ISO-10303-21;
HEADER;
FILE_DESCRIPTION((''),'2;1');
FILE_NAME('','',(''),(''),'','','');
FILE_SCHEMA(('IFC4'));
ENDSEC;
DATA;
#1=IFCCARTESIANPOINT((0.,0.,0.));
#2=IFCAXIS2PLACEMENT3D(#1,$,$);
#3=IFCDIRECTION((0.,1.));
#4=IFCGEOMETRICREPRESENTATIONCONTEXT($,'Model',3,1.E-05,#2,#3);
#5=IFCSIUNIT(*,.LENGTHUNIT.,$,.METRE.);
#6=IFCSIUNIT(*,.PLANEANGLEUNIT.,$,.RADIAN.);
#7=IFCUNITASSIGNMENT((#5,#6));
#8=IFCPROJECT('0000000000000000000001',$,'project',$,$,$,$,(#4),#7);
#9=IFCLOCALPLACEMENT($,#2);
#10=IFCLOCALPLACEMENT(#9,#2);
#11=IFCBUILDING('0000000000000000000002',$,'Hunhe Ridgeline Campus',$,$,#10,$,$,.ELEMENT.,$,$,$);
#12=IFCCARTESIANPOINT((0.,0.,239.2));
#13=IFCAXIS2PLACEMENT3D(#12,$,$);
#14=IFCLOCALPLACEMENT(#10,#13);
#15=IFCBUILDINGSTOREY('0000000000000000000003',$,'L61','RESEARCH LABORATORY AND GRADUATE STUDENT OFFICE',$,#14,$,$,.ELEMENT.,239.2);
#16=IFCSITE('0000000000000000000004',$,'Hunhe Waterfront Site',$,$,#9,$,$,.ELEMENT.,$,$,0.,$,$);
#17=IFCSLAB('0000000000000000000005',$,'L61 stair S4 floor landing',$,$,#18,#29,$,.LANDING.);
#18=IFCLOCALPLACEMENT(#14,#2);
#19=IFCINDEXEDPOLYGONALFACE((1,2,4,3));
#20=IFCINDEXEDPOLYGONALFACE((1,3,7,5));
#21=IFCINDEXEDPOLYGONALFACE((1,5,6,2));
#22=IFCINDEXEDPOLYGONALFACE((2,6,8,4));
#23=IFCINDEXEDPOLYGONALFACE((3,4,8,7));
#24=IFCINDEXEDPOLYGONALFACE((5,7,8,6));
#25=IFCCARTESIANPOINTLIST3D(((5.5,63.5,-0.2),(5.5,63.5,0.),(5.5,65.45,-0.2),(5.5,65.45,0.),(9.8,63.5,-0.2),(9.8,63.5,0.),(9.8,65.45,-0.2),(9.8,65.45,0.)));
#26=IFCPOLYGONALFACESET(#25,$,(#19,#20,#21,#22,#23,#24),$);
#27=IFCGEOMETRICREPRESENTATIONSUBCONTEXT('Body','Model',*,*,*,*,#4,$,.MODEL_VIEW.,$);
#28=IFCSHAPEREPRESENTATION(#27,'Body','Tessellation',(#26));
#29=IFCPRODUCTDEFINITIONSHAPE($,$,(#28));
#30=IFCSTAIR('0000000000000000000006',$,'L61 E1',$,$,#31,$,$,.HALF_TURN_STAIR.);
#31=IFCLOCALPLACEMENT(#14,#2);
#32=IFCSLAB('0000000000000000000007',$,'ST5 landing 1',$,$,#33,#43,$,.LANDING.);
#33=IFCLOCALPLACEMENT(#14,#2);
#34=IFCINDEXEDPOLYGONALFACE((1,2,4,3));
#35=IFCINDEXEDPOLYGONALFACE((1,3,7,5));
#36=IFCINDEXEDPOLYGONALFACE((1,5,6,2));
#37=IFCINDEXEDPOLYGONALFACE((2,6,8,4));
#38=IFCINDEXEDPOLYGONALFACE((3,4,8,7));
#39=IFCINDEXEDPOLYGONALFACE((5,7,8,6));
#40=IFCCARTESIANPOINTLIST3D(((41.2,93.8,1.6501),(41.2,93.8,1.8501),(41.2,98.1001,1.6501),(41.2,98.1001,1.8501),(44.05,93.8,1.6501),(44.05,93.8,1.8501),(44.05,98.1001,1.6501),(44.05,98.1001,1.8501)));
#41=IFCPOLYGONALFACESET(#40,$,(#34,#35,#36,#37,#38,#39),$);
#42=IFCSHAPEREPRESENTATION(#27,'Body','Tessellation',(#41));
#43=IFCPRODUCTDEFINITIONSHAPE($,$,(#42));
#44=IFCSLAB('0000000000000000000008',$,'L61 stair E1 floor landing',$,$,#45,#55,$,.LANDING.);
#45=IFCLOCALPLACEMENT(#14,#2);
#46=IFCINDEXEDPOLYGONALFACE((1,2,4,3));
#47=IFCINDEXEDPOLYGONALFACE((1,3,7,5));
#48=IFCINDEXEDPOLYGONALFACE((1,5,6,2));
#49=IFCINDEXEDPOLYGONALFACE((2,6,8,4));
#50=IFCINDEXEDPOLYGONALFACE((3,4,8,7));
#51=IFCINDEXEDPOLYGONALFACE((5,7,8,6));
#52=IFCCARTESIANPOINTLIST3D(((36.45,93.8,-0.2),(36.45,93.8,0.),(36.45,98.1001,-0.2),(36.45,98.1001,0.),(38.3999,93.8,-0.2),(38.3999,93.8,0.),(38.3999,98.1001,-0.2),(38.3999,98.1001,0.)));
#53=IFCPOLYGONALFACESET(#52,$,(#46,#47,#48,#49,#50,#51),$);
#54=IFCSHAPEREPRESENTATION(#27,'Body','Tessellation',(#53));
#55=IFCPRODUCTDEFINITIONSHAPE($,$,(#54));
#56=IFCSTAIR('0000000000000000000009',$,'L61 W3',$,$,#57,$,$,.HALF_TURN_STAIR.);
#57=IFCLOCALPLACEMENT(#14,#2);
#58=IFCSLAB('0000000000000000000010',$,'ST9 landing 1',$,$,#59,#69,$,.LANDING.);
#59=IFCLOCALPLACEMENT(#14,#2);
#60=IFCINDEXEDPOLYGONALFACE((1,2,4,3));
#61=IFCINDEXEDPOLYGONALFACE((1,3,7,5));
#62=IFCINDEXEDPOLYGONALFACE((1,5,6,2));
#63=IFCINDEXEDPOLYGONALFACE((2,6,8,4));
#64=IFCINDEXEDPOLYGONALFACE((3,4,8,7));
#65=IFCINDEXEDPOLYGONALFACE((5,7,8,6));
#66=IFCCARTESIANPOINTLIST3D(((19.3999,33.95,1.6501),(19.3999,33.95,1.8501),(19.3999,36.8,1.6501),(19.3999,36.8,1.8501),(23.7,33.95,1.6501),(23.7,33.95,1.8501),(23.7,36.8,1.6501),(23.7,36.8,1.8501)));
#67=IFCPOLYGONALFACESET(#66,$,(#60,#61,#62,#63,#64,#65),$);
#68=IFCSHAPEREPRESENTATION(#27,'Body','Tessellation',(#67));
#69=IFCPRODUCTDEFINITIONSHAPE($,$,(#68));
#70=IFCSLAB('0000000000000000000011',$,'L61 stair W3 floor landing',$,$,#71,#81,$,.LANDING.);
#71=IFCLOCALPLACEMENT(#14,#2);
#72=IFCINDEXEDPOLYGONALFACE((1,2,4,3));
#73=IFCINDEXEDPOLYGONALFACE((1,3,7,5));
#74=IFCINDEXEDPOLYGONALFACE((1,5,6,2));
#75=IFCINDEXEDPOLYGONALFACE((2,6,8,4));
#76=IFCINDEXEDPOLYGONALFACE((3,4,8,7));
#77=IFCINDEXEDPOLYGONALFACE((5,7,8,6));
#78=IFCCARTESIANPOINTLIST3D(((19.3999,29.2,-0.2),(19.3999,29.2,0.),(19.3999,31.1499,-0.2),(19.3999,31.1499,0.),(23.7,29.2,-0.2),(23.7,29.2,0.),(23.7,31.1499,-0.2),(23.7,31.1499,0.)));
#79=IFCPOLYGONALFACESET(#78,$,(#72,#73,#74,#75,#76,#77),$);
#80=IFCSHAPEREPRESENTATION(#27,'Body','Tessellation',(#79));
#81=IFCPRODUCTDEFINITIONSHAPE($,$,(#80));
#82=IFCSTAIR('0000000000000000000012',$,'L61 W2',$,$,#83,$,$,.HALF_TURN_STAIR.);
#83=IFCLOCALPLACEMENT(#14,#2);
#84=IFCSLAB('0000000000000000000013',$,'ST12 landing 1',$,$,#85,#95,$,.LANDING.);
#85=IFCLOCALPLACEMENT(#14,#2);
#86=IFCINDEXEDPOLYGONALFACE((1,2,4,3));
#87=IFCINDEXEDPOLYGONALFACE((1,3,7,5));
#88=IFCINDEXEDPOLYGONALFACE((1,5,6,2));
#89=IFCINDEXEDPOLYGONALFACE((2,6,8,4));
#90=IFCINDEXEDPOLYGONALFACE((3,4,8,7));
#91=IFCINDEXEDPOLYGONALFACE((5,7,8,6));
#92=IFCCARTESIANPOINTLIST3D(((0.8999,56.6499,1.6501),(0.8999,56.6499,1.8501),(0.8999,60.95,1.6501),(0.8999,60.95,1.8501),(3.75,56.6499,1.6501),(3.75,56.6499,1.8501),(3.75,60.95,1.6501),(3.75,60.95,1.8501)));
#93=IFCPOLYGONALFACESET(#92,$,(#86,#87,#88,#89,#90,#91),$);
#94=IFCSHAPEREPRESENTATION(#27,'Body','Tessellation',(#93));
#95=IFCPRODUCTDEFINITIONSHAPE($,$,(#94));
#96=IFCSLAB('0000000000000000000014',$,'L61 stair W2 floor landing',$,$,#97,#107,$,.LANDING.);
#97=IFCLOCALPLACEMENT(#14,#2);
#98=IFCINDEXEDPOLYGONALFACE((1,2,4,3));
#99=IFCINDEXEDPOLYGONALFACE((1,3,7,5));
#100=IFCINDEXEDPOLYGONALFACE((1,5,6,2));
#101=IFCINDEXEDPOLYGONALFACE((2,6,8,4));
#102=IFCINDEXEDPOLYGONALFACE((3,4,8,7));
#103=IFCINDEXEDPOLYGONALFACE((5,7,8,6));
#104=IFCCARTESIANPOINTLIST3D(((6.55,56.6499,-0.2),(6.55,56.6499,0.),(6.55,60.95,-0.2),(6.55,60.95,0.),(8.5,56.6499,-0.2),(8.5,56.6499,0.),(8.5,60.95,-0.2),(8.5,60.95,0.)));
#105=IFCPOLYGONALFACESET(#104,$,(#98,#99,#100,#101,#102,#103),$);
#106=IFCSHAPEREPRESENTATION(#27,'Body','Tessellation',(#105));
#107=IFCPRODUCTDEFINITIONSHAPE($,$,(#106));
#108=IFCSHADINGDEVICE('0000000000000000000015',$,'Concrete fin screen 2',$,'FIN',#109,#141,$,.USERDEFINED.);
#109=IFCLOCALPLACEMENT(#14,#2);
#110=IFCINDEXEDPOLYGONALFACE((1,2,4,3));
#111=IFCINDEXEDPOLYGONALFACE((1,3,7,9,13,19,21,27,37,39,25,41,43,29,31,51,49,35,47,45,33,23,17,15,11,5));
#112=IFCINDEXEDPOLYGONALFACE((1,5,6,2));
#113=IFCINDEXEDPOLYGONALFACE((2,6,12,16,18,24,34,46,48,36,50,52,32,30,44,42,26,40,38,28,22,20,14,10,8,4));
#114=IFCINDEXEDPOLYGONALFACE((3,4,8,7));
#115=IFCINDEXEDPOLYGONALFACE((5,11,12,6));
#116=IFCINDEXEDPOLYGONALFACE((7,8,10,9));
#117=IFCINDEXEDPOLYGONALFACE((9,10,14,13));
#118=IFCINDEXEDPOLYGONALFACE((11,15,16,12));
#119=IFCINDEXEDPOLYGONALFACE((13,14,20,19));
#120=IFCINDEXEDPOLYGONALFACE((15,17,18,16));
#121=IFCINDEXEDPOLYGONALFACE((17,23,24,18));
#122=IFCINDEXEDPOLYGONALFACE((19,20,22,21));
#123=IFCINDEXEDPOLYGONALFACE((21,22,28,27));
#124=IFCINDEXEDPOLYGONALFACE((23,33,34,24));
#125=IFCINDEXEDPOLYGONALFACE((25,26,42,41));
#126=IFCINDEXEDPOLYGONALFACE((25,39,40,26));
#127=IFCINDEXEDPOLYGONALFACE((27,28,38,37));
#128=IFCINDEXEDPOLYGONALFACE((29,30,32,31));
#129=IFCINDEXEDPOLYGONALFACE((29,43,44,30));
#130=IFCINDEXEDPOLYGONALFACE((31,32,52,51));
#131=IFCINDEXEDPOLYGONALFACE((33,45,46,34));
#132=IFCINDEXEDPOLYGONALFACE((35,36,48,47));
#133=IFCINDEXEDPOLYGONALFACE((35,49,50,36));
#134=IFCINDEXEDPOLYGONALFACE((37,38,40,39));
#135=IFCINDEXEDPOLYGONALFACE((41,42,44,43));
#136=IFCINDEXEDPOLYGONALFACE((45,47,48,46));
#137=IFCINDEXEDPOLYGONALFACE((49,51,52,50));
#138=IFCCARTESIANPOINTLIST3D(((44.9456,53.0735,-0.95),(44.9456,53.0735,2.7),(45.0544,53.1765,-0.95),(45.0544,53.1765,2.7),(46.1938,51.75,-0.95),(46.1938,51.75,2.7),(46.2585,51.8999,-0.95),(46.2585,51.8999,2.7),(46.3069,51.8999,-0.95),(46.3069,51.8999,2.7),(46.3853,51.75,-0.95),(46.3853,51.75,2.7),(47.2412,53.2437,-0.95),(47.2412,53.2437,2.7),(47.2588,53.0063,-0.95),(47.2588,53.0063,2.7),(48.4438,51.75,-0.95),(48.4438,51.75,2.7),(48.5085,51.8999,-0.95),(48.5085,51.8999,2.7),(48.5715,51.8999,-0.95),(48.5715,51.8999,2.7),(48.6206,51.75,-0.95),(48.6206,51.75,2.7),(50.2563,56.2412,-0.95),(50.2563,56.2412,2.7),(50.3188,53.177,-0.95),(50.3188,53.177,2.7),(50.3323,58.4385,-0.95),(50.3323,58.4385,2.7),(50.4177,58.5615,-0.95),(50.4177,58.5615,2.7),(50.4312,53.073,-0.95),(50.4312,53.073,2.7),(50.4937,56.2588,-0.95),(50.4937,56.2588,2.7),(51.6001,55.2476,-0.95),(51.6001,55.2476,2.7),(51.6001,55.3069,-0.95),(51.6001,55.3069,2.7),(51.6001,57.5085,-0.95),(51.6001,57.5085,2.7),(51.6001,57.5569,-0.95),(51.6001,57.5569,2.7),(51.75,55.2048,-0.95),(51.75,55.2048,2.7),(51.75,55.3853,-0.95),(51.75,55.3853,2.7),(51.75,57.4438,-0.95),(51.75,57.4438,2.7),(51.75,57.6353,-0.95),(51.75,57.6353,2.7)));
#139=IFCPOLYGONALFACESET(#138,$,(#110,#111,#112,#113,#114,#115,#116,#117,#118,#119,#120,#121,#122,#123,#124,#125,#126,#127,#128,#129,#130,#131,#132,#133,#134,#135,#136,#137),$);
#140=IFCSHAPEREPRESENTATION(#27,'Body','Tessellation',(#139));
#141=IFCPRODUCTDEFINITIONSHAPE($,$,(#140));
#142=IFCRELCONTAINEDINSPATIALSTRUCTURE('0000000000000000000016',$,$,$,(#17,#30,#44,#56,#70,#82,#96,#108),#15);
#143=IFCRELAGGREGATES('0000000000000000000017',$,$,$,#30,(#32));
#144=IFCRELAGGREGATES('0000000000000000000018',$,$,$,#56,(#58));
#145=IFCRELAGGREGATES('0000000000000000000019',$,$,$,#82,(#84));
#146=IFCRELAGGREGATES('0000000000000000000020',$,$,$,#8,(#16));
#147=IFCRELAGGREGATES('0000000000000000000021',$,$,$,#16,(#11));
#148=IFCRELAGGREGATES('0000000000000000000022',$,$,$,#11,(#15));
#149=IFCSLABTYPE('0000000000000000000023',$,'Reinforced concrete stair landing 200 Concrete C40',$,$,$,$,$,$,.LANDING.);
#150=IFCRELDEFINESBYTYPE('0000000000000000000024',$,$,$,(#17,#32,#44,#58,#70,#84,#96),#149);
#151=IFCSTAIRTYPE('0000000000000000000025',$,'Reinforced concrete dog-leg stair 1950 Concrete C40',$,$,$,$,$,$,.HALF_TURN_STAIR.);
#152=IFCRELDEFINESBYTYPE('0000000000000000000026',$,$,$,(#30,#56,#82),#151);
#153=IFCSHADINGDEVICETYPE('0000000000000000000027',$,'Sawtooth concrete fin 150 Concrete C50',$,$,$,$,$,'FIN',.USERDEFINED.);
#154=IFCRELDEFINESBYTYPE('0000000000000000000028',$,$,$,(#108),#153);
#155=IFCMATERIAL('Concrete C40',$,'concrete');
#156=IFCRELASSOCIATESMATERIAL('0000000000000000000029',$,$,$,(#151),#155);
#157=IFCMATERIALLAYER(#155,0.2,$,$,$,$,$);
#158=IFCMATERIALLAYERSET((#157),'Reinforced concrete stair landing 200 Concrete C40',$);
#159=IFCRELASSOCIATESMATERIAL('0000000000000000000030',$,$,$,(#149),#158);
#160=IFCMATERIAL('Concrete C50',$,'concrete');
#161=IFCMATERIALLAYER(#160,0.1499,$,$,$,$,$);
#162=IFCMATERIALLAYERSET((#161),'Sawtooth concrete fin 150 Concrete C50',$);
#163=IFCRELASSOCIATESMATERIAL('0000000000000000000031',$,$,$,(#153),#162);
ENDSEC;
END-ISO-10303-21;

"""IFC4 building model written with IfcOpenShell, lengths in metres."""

from ifc_helpers import new_model, si_unit, direction, frame, origin, place, context, subcontext, project, spatial, polyline, outline, extrude, material, layer, layer_set, type_object, element, aggregate, save


model = new_model("IFC4")

# Units and contexts
model_context = context("Model", 3, precision=1e-05, world=origin(), true_north=direction((0.0, 1.0)))
body_context = subcontext(model_context, "Body", "Model", "MODEL_VIEW")
ifc_project = project(units=[si_unit("LENGTHUNIT", "METRE"), si_unit("PLANEANGLEUNIT", "RADIAN")], contexts=[model_context])

# Site, building, storey
site_placement = place(None, origin())
site = spatial("IfcSite", under=ifc_project, at=site_placement, Name="Hunhe Waterfront Site", CompositionType="ELEMENT", RefElevation=0.0)
building_placement = place(site_placement, origin())
building = spatial("IfcBuilding", under=site, at=building_placement, Name="Hunhe Ridgeline Campus", CompositionType="ELEMENT")
storey_placement = place(building_placement, frame((0.0, 0.0, 239.2)))
storey = spatial("IfcBuildingStorey", under=building, at=storey_placement, Name="L61", Description="RESEARCH LABORATORY AND GRADUATE STUDENT OFFICE", CompositionType="ELEMENT", Elevation=239.2)

# Shared definitions
ifc_material_1 = material(Name="Concrete C50", Category="concrete")

# Shared definitions
ifc_material_2 = material(Name="Concrete C40", Category="concrete")

# Shared definitions
stair_type = type_object("IfcStairType", Name="Reinforced concrete dog-leg stair 1950 Concrete C40", PredefinedType="HALF_TURN_STAIR", material=ifc_material_2)
ifc_layer_1 = layer(ifc_material_2, 0.2)
ifc_layer_set_1 = layer_set([ifc_layer_1], Name="Reinforced concrete stair landing 200 Concrete C40")
slab_type_1 = type_object("IfcSlabType", Name="Reinforced concrete stair landing 200 Concrete C40", PredefinedType="LANDING", material=ifc_layer_set_1)

# Slab
slab_1_placement = place(storey_placement, frame((0.0, 0.0, -0.2)))
element("IfcSlab", 1, at=slab_1_placement, inside=storey, type_object=slab_type_1, Name="L61 stair S4 floor landing", PredefinedType="LANDING", context=body_context, shape_type="SweptSolid", body=[
    extrude(outline(polyline([(9.8, 63.5), (9.8, 65.45), (5.5, 65.45), (5.5, 63.5), (9.8, 63.5)])), origin(), (0.0, 0.0, 1.0), 0.2),
])

# Stair, slab
stair_1_placement = place(storey_placement, origin())
stair_1 = element("IfcStair", 2, at=stair_1_placement, inside=storey, type_object=stair_type, Name="L61 E1", PredefinedType="HALF_TURN_STAIR")
slab_2_placement = place(storey_placement, frame((0.0, 0.0, 1.6501)))
slab_2 = element("IfcSlab", 3, at=slab_2_placement, type_object=slab_type_1, Name="ST5 landing 1", PredefinedType="LANDING", context=body_context, shape_type="SweptSolid", body=[
    extrude(outline(polyline([(41.2, 93.8), (44.05, 93.8), (44.05, 98.1001), (41.2, 98.1001), (41.2, 93.8)])), origin(), (0.0, 0.0, 1.0), 0.2),
])
aggregate(stair_1, [slab_2])

# Slab
slab_3_placement = place(storey_placement, frame((0.0, 0.0, -0.2)))
element("IfcSlab", 4, at=slab_3_placement, inside=storey, type_object=slab_type_1, Name="L61 stair E1 floor landing", PredefinedType="LANDING", context=body_context, shape_type="SweptSolid", body=[
    extrude(outline(polyline([(36.45, 93.8), (38.3999, 93.8), (38.3999, 98.1001), (36.45, 98.1001), (36.45, 93.8)])), origin(), (0.0, 0.0, 1.0), 0.2),
])

# Stair, slab
stair_2_placement = place(storey_placement, origin())
stair_2 = element("IfcStair", 5, at=stair_2_placement, inside=storey, type_object=stair_type, Name="L61 W3", PredefinedType="HALF_TURN_STAIR")
slab_4_placement = place(storey_placement, frame((0.0, 0.0, 1.6501)))
slab_4 = element("IfcSlab", 6, at=slab_4_placement, type_object=slab_type_1, Name="ST9 landing 1", PredefinedType="LANDING", context=body_context, shape_type="SweptSolid", body=[
    extrude(outline(polyline([(23.7, 33.95), (23.7, 36.8), (19.3999, 36.8), (19.3999, 33.95), (23.7, 33.95)])), origin(), (0.0, 0.0, 1.0), 0.2),
])
aggregate(stair_2, [slab_4])

# Slab
slab_5_placement = place(storey_placement, frame((0.0, 0.0, -0.2)))
element("IfcSlab", 7, at=slab_5_placement, inside=storey, type_object=slab_type_1, Name="L61 stair W3 floor landing", PredefinedType="LANDING", context=body_context, shape_type="SweptSolid", body=[
    extrude(outline(polyline([(23.7, 29.2), (23.7, 31.1499), (19.3999, 31.1499), (19.3999, 29.2), (23.7, 29.2)])), origin(), (0.0, 0.0, 1.0), 0.2),
])

# Stair, slab
stair_3_placement = place(storey_placement, origin())
stair_3 = element("IfcStair", 8, at=stair_3_placement, inside=storey, type_object=stair_type, Name="L61 W2", PredefinedType="HALF_TURN_STAIR")
slab_6_placement = place(storey_placement, frame((0.0, 0.0, 1.6501)))
slab_6 = element("IfcSlab", 9, at=slab_6_placement, type_object=slab_type_1, Name="ST12 landing 1", PredefinedType="LANDING", context=body_context, shape_type="SweptSolid", body=[
    extrude(outline(polyline([(3.75, 60.95), (0.8999, 60.95), (0.8999, 56.6499), (3.75, 56.6499), (3.75, 60.95)])), origin(), (0.0, 0.0, 1.0), 0.2),
])
aggregate(stair_3, [slab_6])

# Slab
slab_7_placement = place(storey_placement, frame((0.0, 0.0, -0.2)))
element("IfcSlab", 10, at=slab_7_placement, inside=storey, type_object=slab_type_1, Name="L61 stair W2 floor landing", PredefinedType="LANDING", context=body_context, shape_type="SweptSolid", body=[
    extrude(outline(polyline([(8.5, 60.95), (6.55, 60.95), (6.55, 56.6499), (8.5, 56.6499), (8.5, 60.95)])), origin(), (0.0, 0.0, 1.0), 0.2),
])

# Shading device
ifc_layer_2 = layer(ifc_material_1, 0.1499)
ifc_layer_set_2 = layer_set([ifc_layer_2], Name="Sawtooth concrete fin 150 Concrete C50")
shading_device_type = type_object("IfcShadingDeviceType", Name="Sawtooth concrete fin 150 Concrete C50", ElementType="FIN", PredefinedType="USERDEFINED", material=ifc_layer_set_2)
shading_device_1_placement = place(storey_placement, frame((0.0, 0.0, -0.95)))
element("IfcShadingDevice", 11, at=shading_device_1_placement, inside=storey, type_object=shading_device_type, Name="Concrete fin screen 2", ObjectType="FIN", PredefinedType="USERDEFINED", context=body_context, shape_type="SweptSolid", body=[
    extrude(outline(polyline([(45.0544, 53.1765), (44.9456, 53.0735), (46.1938, 51.75), (46.3853, 51.75), (47.2588, 53.0063), (48.4438, 51.75), (48.6206, 51.75), (50.4312, 53.073), (51.75, 55.2048), (51.75, 55.3853), (50.4937, 56.2588), (51.75, 57.4438), (51.75, 57.6353), (50.4177, 58.5615), (50.3323, 58.4385), (51.6001, 57.5569), (51.6001, 57.5085), (50.2563, 56.2412), (51.6001, 55.3069), (51.6001, 55.2476), (50.3188, 53.177), (48.5715, 51.8999), (48.5085, 51.8999), (47.2412, 53.2437), (46.3069, 51.8999), (46.2585, 51.8999), (45.0544, 53.1765)])), origin(), (0.0, 0.0, 1.0), 3.6499),
])

save(model, "model.ifc")
